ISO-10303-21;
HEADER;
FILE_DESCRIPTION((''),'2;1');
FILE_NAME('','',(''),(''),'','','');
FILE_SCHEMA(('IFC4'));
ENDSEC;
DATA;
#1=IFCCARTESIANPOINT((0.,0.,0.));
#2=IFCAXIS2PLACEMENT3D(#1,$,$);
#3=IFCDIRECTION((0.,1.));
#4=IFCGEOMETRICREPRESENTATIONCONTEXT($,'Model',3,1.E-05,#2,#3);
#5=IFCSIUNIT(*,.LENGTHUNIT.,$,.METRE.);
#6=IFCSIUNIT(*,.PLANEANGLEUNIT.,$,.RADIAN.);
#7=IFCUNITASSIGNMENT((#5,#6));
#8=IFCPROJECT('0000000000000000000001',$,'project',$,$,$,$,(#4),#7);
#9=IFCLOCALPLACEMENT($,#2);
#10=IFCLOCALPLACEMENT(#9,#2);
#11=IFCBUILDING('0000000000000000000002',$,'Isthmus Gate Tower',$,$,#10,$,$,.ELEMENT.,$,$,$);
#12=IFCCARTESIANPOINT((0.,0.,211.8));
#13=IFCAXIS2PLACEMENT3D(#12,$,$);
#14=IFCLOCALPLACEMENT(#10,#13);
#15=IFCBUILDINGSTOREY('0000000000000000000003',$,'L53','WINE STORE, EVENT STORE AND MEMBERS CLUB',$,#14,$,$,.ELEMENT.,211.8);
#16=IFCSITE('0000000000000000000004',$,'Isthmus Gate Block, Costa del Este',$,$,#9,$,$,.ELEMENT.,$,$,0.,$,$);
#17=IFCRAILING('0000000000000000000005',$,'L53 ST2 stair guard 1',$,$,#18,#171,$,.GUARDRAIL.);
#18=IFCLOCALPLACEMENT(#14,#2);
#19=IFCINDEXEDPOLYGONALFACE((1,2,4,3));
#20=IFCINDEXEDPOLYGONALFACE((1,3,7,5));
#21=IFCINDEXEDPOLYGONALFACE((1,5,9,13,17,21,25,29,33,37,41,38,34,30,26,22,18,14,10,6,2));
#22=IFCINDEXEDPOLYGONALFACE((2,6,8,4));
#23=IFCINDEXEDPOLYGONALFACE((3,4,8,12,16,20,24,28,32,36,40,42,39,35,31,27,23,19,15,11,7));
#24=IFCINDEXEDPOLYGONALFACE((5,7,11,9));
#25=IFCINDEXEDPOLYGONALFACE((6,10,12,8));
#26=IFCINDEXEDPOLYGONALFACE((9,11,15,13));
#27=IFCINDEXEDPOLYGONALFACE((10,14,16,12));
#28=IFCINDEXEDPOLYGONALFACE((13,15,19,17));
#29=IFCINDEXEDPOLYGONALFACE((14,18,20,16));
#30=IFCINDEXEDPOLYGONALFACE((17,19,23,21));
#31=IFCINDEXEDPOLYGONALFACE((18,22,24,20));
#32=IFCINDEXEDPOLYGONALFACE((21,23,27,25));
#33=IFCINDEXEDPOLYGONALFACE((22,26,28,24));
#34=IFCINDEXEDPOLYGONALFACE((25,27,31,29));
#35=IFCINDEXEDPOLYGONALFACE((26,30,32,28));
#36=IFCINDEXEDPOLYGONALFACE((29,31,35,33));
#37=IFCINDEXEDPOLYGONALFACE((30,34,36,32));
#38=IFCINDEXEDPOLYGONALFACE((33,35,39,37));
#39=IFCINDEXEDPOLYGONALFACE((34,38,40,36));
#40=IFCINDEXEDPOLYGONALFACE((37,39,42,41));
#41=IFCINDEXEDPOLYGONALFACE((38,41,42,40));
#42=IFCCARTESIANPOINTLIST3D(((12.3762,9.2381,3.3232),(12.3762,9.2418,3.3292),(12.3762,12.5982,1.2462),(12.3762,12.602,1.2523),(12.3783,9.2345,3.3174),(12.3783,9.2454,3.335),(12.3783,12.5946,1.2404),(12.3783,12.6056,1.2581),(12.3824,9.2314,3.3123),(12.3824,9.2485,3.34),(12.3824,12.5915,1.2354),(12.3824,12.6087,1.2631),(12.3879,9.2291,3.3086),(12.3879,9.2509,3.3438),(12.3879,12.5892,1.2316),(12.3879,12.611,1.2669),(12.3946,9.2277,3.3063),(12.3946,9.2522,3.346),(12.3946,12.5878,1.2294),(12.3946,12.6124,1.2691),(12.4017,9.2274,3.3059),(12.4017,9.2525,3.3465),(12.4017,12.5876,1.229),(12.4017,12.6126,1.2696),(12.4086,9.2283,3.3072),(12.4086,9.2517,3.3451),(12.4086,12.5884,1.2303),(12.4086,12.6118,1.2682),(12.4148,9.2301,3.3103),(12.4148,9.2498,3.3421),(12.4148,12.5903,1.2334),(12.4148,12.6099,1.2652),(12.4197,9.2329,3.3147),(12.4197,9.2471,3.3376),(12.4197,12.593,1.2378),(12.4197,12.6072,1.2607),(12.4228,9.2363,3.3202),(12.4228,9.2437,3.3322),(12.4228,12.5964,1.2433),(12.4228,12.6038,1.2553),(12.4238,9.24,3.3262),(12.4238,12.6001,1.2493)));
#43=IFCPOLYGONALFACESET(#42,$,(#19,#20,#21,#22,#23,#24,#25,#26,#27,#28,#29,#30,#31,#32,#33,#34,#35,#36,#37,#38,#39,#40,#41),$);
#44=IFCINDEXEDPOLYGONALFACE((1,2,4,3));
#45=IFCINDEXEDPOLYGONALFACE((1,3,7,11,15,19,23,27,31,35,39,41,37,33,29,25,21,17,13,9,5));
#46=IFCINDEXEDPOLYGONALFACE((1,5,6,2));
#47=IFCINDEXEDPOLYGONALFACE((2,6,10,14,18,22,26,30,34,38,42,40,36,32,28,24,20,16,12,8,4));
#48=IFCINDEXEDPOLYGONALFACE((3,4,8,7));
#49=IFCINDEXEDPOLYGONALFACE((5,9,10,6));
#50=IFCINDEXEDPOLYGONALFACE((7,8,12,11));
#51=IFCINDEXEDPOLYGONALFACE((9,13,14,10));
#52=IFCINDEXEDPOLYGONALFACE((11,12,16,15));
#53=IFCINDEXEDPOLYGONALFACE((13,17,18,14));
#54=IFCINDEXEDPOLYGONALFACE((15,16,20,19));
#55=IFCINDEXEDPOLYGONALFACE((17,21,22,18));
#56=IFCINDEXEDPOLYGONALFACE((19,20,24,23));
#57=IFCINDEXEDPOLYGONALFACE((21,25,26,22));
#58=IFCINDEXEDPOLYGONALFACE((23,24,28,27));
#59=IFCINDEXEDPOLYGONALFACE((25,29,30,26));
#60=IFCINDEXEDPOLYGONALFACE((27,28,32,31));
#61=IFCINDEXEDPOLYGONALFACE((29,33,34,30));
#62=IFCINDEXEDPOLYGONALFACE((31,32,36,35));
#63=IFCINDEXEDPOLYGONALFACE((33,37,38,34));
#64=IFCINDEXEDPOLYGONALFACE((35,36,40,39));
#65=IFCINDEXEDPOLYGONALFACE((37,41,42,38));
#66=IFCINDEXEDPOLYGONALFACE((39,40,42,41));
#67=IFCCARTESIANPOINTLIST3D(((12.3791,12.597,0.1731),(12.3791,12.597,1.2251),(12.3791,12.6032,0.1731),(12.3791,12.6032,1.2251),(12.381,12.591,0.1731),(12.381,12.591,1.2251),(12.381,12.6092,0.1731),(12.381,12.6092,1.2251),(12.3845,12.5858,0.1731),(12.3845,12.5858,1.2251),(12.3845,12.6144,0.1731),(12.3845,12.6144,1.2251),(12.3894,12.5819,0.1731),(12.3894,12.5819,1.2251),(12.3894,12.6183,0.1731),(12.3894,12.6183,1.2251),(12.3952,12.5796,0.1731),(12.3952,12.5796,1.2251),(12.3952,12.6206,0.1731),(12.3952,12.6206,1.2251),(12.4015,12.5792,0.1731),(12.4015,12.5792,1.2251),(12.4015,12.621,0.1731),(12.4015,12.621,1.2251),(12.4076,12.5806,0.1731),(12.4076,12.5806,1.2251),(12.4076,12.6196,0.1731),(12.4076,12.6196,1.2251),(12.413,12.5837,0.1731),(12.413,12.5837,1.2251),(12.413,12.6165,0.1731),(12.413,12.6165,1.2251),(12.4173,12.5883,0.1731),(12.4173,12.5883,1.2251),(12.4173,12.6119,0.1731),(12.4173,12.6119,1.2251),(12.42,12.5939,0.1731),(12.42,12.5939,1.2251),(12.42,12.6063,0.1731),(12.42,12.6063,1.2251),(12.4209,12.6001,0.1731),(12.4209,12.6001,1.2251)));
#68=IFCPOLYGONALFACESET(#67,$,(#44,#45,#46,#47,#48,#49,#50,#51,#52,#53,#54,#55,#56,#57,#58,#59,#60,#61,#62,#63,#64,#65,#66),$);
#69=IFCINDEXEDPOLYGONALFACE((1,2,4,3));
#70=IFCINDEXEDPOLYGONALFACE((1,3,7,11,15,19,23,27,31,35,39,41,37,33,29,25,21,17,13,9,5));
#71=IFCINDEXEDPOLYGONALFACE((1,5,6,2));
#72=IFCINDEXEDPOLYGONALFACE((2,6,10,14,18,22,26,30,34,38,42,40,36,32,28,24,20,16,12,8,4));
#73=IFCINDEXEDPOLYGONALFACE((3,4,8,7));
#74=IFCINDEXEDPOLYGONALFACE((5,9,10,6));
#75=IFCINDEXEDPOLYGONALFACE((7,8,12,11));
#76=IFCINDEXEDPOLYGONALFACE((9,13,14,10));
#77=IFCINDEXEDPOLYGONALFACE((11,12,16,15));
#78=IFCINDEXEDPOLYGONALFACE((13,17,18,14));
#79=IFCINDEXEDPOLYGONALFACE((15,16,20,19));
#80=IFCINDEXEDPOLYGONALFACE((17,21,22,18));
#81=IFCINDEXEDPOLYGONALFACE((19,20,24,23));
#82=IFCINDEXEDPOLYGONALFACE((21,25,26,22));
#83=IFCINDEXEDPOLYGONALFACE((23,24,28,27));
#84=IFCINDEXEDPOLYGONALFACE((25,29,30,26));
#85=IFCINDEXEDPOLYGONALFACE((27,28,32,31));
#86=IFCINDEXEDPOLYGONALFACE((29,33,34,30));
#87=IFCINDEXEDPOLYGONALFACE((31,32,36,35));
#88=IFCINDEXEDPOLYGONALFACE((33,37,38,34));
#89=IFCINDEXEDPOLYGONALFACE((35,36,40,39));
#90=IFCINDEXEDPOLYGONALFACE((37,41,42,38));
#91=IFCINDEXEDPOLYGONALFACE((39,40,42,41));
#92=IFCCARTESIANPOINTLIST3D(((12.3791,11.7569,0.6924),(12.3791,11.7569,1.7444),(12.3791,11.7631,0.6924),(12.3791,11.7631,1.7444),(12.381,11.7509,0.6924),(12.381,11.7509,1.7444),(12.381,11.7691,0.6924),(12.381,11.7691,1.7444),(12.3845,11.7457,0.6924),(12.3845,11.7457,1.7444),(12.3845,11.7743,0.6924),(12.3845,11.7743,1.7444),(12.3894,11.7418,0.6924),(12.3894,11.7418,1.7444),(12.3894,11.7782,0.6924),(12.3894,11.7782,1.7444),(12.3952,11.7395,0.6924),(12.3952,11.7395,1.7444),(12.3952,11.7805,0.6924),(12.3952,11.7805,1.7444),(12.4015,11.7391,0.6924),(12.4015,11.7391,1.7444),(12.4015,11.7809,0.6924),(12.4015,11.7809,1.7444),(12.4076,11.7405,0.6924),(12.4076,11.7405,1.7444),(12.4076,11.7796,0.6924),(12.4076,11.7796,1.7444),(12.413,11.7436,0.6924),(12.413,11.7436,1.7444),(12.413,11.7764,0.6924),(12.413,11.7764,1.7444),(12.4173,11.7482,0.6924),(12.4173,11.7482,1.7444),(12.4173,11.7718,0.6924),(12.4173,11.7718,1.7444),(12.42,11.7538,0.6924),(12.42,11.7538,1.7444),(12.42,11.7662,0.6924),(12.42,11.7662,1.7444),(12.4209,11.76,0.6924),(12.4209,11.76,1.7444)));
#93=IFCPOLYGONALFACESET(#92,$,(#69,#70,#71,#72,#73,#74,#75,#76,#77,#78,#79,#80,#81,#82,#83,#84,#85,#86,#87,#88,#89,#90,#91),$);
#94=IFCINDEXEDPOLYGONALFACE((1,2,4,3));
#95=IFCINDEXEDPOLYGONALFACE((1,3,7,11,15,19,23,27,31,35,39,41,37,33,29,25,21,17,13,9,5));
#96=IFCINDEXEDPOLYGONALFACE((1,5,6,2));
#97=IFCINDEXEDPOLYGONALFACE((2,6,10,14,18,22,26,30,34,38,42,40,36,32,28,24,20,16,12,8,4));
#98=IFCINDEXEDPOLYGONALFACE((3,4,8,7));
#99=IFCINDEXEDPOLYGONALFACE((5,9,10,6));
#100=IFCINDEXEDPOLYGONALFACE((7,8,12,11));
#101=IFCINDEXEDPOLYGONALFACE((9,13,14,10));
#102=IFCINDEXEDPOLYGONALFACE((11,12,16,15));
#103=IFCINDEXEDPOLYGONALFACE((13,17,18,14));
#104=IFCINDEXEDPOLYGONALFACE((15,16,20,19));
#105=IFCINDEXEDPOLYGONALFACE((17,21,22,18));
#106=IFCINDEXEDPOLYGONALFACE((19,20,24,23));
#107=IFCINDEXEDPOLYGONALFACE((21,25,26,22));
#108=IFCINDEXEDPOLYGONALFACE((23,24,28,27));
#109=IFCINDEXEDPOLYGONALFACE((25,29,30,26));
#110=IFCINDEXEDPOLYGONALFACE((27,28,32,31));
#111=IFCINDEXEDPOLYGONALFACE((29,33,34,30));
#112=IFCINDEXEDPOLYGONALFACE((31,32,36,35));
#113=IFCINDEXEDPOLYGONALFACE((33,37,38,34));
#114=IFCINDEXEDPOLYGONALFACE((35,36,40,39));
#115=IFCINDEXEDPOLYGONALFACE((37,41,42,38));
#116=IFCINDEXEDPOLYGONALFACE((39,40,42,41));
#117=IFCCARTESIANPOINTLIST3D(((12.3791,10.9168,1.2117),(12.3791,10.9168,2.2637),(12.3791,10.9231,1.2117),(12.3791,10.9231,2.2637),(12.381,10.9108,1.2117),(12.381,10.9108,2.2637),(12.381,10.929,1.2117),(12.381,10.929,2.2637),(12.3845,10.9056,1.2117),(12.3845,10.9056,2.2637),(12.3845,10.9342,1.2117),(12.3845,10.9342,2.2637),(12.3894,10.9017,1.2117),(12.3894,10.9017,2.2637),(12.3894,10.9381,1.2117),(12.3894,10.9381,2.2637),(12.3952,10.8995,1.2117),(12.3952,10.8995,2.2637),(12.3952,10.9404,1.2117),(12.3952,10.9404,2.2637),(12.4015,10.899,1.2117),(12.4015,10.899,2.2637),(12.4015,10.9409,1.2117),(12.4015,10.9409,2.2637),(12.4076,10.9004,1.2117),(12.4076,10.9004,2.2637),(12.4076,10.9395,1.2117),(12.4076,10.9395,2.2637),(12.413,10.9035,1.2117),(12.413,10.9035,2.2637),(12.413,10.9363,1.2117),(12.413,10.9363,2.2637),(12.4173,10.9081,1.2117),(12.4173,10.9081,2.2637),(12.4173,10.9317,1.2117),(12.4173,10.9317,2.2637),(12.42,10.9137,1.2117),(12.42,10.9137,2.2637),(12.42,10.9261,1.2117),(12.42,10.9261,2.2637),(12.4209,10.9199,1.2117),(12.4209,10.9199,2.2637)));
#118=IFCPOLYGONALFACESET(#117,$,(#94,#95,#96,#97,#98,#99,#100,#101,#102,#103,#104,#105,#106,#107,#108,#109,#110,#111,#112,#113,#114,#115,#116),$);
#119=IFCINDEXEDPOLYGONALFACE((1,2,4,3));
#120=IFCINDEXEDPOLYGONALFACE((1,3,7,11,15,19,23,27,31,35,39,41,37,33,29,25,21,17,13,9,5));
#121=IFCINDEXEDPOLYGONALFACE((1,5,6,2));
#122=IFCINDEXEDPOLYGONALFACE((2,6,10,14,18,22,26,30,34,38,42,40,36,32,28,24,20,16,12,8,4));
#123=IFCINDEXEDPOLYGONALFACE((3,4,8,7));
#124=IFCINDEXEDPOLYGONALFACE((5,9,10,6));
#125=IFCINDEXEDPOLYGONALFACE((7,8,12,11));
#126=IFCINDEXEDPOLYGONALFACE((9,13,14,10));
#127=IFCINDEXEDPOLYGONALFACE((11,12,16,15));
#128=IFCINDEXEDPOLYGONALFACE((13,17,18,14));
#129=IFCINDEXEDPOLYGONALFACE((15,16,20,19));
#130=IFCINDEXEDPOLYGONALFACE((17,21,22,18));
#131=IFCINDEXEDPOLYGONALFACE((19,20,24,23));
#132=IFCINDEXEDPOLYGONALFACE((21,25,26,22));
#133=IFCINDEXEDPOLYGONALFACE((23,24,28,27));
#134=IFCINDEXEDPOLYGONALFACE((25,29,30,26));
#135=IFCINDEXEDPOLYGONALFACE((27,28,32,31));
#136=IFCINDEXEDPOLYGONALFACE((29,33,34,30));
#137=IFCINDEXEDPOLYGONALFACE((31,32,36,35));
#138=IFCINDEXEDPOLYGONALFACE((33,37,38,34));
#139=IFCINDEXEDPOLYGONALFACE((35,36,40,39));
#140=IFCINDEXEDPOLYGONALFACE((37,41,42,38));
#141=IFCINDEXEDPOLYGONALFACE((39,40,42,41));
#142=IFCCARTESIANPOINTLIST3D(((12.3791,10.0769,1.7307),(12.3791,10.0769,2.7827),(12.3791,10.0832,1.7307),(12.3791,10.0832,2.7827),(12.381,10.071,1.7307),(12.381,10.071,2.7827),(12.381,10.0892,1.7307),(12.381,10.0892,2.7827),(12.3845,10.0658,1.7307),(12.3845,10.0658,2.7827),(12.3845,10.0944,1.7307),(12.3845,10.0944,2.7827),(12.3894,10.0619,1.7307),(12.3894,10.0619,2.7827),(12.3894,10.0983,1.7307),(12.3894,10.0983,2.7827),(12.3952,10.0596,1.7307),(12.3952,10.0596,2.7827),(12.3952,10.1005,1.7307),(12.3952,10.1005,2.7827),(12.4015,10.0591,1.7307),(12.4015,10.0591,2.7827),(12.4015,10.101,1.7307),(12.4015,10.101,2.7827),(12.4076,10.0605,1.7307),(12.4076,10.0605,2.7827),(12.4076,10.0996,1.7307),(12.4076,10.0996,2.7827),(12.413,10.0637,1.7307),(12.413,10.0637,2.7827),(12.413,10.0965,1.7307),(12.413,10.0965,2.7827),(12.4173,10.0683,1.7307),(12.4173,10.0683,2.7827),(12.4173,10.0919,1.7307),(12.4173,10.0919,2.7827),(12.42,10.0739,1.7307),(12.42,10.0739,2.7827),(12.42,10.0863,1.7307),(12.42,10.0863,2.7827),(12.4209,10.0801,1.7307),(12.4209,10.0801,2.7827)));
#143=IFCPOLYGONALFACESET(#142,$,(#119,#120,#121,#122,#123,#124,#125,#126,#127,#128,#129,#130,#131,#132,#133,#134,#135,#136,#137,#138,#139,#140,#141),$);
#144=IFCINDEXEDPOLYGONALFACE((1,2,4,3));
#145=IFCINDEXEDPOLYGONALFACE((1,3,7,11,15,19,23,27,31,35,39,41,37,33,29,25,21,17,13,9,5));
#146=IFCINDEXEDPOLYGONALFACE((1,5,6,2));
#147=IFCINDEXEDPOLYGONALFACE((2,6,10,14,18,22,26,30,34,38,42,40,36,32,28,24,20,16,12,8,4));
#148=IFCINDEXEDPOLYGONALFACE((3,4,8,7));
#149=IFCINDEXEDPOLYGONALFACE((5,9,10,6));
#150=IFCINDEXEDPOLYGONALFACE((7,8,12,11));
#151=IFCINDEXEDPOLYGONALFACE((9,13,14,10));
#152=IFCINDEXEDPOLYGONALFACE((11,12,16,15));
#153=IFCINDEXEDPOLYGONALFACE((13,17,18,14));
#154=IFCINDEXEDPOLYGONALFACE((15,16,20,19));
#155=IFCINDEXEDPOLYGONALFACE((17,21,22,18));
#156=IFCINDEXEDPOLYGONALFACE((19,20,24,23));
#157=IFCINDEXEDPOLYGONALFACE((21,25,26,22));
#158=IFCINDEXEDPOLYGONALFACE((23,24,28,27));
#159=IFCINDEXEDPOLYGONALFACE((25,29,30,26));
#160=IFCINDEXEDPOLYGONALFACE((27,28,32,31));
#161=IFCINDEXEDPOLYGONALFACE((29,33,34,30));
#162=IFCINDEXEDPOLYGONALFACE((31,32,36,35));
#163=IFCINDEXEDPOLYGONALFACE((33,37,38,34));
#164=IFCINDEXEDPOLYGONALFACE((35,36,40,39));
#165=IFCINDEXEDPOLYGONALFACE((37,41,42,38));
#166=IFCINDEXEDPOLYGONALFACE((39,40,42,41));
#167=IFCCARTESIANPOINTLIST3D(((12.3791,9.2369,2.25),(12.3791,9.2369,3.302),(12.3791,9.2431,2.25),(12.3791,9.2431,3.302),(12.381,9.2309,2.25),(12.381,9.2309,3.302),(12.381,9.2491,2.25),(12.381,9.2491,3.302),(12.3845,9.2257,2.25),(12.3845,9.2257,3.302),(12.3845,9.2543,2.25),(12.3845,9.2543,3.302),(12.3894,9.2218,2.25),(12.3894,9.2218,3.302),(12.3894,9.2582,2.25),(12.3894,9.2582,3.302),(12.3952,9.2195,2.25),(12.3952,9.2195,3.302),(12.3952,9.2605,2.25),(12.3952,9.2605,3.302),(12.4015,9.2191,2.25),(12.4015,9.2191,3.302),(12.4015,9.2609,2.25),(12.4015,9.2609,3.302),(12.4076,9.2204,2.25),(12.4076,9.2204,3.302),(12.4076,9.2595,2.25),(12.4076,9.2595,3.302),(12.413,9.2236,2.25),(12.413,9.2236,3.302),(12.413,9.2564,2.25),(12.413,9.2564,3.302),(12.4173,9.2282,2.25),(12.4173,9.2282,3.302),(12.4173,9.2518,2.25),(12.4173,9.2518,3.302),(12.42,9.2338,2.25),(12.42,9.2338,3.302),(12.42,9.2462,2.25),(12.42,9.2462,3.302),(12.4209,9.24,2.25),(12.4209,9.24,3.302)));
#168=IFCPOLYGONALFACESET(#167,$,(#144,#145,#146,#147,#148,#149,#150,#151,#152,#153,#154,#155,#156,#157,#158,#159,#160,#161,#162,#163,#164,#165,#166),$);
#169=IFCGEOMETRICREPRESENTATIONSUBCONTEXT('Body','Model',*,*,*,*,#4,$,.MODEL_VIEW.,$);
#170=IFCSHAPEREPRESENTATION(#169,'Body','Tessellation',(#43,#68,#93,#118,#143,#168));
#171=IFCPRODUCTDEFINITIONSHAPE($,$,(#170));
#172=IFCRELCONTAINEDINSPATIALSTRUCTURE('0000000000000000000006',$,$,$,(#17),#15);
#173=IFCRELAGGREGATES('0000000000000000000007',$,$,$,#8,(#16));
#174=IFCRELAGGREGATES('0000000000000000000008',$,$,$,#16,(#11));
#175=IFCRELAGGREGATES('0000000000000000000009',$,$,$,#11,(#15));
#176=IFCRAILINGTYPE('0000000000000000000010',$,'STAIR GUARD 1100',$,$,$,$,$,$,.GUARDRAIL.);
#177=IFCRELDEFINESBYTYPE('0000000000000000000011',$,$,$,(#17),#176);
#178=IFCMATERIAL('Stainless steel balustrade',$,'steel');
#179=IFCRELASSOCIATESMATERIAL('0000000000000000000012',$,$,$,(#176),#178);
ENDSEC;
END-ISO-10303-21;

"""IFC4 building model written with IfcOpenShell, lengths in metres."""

from ifc_helpers import new_model, si_unit, direction, frame, origin, origin_2d, place, context, subcontext, project, spatial, circle, extrude, material, type_object, element, save


model = new_model("IFC4")

# Units and contexts
model_context = context("Model", 3, precision=1e-05, world=origin(), true_north=direction((0.0, 1.0)))
body_context = subcontext(model_context, "Body", "Model", "MODEL_VIEW")
ifc_project = project(units=[si_unit("LENGTHUNIT", "METRE"), si_unit("PLANEANGLEUNIT", "RADIAN")], contexts=[model_context])

# Site, building, storey
site_placement = place(None, origin())
site = spatial("IfcSite", under=ifc_project, at=site_placement, Name="Isthmus Gate Block, Costa del Este", CompositionType="ELEMENT", RefElevation=0.0)
building_placement = place(site_placement, origin())
building = spatial("IfcBuilding", under=site, at=building_placement, Name="Isthmus Gate Tower", CompositionType="ELEMENT")
storey_placement = place(building_placement, frame((0.0, 0.0, 211.8)))
storey = spatial("IfcBuildingStorey", under=building, at=storey_placement, Name="L53", Description="WINE STORE, EVENT STORE AND MEMBERS CLUB", CompositionType="ELEMENT", Elevation=211.8)

# Railing
ifc_material_1 = material(Name="Stainless steel balustrade", Category="steel")
railing_type_1 = type_object("IfcRailingType", Name="STAIR GUARD 1100", PredefinedType="GUARDRAIL", material=ifc_material_1)
railing_1_placement = place(storey_placement, frame((12.3999, 12.6001, 0.1731)))
element("IfcRailing", 1, at=railing_1_placement, inside=storey, type_object=railing_type_1, Name="L53 ST2 stair guard 1", PredefinedType="GUARDRAIL", context=body_context, shape_type="SweptSolid", body=[
    extrude(circle(Radius=0.0239, at=origin_2d()), frame((0.0, 0.0, 1.0762), z_axis=(0.0, -0.850623, 0.525776), x_axis=(1.0, 0.0, 0.0)), (0.0, 0.0, 1.0), 3.9502),
    extrude(circle(Radius=0.021, at=origin_2d()), origin(), (0.0, 0.0, 1.0), 1.052),
    extrude(circle(Radius=0.021, at=origin_2d()), frame((0.0, -0.8401, 0.5193)), (0.0, 0.0, 1.0), 1.052),
    extrude(circle(Radius=0.021, at=origin_2d()), frame((0.0, -1.6802, 1.0386)), (0.0, 0.0, 1.0), 1.052),
    extrude(circle(Radius=0.021, at=origin_2d()), frame((0.0, -2.52, 1.5576)), (0.0, 0.0, 1.0), 1.052),
    extrude(circle(Radius=0.021, at=origin_2d()), frame((0.0, -3.3601, 2.0769)), (0.0, 0.0, 1.0), 1.052),
])

save(model, "model.ifc")
